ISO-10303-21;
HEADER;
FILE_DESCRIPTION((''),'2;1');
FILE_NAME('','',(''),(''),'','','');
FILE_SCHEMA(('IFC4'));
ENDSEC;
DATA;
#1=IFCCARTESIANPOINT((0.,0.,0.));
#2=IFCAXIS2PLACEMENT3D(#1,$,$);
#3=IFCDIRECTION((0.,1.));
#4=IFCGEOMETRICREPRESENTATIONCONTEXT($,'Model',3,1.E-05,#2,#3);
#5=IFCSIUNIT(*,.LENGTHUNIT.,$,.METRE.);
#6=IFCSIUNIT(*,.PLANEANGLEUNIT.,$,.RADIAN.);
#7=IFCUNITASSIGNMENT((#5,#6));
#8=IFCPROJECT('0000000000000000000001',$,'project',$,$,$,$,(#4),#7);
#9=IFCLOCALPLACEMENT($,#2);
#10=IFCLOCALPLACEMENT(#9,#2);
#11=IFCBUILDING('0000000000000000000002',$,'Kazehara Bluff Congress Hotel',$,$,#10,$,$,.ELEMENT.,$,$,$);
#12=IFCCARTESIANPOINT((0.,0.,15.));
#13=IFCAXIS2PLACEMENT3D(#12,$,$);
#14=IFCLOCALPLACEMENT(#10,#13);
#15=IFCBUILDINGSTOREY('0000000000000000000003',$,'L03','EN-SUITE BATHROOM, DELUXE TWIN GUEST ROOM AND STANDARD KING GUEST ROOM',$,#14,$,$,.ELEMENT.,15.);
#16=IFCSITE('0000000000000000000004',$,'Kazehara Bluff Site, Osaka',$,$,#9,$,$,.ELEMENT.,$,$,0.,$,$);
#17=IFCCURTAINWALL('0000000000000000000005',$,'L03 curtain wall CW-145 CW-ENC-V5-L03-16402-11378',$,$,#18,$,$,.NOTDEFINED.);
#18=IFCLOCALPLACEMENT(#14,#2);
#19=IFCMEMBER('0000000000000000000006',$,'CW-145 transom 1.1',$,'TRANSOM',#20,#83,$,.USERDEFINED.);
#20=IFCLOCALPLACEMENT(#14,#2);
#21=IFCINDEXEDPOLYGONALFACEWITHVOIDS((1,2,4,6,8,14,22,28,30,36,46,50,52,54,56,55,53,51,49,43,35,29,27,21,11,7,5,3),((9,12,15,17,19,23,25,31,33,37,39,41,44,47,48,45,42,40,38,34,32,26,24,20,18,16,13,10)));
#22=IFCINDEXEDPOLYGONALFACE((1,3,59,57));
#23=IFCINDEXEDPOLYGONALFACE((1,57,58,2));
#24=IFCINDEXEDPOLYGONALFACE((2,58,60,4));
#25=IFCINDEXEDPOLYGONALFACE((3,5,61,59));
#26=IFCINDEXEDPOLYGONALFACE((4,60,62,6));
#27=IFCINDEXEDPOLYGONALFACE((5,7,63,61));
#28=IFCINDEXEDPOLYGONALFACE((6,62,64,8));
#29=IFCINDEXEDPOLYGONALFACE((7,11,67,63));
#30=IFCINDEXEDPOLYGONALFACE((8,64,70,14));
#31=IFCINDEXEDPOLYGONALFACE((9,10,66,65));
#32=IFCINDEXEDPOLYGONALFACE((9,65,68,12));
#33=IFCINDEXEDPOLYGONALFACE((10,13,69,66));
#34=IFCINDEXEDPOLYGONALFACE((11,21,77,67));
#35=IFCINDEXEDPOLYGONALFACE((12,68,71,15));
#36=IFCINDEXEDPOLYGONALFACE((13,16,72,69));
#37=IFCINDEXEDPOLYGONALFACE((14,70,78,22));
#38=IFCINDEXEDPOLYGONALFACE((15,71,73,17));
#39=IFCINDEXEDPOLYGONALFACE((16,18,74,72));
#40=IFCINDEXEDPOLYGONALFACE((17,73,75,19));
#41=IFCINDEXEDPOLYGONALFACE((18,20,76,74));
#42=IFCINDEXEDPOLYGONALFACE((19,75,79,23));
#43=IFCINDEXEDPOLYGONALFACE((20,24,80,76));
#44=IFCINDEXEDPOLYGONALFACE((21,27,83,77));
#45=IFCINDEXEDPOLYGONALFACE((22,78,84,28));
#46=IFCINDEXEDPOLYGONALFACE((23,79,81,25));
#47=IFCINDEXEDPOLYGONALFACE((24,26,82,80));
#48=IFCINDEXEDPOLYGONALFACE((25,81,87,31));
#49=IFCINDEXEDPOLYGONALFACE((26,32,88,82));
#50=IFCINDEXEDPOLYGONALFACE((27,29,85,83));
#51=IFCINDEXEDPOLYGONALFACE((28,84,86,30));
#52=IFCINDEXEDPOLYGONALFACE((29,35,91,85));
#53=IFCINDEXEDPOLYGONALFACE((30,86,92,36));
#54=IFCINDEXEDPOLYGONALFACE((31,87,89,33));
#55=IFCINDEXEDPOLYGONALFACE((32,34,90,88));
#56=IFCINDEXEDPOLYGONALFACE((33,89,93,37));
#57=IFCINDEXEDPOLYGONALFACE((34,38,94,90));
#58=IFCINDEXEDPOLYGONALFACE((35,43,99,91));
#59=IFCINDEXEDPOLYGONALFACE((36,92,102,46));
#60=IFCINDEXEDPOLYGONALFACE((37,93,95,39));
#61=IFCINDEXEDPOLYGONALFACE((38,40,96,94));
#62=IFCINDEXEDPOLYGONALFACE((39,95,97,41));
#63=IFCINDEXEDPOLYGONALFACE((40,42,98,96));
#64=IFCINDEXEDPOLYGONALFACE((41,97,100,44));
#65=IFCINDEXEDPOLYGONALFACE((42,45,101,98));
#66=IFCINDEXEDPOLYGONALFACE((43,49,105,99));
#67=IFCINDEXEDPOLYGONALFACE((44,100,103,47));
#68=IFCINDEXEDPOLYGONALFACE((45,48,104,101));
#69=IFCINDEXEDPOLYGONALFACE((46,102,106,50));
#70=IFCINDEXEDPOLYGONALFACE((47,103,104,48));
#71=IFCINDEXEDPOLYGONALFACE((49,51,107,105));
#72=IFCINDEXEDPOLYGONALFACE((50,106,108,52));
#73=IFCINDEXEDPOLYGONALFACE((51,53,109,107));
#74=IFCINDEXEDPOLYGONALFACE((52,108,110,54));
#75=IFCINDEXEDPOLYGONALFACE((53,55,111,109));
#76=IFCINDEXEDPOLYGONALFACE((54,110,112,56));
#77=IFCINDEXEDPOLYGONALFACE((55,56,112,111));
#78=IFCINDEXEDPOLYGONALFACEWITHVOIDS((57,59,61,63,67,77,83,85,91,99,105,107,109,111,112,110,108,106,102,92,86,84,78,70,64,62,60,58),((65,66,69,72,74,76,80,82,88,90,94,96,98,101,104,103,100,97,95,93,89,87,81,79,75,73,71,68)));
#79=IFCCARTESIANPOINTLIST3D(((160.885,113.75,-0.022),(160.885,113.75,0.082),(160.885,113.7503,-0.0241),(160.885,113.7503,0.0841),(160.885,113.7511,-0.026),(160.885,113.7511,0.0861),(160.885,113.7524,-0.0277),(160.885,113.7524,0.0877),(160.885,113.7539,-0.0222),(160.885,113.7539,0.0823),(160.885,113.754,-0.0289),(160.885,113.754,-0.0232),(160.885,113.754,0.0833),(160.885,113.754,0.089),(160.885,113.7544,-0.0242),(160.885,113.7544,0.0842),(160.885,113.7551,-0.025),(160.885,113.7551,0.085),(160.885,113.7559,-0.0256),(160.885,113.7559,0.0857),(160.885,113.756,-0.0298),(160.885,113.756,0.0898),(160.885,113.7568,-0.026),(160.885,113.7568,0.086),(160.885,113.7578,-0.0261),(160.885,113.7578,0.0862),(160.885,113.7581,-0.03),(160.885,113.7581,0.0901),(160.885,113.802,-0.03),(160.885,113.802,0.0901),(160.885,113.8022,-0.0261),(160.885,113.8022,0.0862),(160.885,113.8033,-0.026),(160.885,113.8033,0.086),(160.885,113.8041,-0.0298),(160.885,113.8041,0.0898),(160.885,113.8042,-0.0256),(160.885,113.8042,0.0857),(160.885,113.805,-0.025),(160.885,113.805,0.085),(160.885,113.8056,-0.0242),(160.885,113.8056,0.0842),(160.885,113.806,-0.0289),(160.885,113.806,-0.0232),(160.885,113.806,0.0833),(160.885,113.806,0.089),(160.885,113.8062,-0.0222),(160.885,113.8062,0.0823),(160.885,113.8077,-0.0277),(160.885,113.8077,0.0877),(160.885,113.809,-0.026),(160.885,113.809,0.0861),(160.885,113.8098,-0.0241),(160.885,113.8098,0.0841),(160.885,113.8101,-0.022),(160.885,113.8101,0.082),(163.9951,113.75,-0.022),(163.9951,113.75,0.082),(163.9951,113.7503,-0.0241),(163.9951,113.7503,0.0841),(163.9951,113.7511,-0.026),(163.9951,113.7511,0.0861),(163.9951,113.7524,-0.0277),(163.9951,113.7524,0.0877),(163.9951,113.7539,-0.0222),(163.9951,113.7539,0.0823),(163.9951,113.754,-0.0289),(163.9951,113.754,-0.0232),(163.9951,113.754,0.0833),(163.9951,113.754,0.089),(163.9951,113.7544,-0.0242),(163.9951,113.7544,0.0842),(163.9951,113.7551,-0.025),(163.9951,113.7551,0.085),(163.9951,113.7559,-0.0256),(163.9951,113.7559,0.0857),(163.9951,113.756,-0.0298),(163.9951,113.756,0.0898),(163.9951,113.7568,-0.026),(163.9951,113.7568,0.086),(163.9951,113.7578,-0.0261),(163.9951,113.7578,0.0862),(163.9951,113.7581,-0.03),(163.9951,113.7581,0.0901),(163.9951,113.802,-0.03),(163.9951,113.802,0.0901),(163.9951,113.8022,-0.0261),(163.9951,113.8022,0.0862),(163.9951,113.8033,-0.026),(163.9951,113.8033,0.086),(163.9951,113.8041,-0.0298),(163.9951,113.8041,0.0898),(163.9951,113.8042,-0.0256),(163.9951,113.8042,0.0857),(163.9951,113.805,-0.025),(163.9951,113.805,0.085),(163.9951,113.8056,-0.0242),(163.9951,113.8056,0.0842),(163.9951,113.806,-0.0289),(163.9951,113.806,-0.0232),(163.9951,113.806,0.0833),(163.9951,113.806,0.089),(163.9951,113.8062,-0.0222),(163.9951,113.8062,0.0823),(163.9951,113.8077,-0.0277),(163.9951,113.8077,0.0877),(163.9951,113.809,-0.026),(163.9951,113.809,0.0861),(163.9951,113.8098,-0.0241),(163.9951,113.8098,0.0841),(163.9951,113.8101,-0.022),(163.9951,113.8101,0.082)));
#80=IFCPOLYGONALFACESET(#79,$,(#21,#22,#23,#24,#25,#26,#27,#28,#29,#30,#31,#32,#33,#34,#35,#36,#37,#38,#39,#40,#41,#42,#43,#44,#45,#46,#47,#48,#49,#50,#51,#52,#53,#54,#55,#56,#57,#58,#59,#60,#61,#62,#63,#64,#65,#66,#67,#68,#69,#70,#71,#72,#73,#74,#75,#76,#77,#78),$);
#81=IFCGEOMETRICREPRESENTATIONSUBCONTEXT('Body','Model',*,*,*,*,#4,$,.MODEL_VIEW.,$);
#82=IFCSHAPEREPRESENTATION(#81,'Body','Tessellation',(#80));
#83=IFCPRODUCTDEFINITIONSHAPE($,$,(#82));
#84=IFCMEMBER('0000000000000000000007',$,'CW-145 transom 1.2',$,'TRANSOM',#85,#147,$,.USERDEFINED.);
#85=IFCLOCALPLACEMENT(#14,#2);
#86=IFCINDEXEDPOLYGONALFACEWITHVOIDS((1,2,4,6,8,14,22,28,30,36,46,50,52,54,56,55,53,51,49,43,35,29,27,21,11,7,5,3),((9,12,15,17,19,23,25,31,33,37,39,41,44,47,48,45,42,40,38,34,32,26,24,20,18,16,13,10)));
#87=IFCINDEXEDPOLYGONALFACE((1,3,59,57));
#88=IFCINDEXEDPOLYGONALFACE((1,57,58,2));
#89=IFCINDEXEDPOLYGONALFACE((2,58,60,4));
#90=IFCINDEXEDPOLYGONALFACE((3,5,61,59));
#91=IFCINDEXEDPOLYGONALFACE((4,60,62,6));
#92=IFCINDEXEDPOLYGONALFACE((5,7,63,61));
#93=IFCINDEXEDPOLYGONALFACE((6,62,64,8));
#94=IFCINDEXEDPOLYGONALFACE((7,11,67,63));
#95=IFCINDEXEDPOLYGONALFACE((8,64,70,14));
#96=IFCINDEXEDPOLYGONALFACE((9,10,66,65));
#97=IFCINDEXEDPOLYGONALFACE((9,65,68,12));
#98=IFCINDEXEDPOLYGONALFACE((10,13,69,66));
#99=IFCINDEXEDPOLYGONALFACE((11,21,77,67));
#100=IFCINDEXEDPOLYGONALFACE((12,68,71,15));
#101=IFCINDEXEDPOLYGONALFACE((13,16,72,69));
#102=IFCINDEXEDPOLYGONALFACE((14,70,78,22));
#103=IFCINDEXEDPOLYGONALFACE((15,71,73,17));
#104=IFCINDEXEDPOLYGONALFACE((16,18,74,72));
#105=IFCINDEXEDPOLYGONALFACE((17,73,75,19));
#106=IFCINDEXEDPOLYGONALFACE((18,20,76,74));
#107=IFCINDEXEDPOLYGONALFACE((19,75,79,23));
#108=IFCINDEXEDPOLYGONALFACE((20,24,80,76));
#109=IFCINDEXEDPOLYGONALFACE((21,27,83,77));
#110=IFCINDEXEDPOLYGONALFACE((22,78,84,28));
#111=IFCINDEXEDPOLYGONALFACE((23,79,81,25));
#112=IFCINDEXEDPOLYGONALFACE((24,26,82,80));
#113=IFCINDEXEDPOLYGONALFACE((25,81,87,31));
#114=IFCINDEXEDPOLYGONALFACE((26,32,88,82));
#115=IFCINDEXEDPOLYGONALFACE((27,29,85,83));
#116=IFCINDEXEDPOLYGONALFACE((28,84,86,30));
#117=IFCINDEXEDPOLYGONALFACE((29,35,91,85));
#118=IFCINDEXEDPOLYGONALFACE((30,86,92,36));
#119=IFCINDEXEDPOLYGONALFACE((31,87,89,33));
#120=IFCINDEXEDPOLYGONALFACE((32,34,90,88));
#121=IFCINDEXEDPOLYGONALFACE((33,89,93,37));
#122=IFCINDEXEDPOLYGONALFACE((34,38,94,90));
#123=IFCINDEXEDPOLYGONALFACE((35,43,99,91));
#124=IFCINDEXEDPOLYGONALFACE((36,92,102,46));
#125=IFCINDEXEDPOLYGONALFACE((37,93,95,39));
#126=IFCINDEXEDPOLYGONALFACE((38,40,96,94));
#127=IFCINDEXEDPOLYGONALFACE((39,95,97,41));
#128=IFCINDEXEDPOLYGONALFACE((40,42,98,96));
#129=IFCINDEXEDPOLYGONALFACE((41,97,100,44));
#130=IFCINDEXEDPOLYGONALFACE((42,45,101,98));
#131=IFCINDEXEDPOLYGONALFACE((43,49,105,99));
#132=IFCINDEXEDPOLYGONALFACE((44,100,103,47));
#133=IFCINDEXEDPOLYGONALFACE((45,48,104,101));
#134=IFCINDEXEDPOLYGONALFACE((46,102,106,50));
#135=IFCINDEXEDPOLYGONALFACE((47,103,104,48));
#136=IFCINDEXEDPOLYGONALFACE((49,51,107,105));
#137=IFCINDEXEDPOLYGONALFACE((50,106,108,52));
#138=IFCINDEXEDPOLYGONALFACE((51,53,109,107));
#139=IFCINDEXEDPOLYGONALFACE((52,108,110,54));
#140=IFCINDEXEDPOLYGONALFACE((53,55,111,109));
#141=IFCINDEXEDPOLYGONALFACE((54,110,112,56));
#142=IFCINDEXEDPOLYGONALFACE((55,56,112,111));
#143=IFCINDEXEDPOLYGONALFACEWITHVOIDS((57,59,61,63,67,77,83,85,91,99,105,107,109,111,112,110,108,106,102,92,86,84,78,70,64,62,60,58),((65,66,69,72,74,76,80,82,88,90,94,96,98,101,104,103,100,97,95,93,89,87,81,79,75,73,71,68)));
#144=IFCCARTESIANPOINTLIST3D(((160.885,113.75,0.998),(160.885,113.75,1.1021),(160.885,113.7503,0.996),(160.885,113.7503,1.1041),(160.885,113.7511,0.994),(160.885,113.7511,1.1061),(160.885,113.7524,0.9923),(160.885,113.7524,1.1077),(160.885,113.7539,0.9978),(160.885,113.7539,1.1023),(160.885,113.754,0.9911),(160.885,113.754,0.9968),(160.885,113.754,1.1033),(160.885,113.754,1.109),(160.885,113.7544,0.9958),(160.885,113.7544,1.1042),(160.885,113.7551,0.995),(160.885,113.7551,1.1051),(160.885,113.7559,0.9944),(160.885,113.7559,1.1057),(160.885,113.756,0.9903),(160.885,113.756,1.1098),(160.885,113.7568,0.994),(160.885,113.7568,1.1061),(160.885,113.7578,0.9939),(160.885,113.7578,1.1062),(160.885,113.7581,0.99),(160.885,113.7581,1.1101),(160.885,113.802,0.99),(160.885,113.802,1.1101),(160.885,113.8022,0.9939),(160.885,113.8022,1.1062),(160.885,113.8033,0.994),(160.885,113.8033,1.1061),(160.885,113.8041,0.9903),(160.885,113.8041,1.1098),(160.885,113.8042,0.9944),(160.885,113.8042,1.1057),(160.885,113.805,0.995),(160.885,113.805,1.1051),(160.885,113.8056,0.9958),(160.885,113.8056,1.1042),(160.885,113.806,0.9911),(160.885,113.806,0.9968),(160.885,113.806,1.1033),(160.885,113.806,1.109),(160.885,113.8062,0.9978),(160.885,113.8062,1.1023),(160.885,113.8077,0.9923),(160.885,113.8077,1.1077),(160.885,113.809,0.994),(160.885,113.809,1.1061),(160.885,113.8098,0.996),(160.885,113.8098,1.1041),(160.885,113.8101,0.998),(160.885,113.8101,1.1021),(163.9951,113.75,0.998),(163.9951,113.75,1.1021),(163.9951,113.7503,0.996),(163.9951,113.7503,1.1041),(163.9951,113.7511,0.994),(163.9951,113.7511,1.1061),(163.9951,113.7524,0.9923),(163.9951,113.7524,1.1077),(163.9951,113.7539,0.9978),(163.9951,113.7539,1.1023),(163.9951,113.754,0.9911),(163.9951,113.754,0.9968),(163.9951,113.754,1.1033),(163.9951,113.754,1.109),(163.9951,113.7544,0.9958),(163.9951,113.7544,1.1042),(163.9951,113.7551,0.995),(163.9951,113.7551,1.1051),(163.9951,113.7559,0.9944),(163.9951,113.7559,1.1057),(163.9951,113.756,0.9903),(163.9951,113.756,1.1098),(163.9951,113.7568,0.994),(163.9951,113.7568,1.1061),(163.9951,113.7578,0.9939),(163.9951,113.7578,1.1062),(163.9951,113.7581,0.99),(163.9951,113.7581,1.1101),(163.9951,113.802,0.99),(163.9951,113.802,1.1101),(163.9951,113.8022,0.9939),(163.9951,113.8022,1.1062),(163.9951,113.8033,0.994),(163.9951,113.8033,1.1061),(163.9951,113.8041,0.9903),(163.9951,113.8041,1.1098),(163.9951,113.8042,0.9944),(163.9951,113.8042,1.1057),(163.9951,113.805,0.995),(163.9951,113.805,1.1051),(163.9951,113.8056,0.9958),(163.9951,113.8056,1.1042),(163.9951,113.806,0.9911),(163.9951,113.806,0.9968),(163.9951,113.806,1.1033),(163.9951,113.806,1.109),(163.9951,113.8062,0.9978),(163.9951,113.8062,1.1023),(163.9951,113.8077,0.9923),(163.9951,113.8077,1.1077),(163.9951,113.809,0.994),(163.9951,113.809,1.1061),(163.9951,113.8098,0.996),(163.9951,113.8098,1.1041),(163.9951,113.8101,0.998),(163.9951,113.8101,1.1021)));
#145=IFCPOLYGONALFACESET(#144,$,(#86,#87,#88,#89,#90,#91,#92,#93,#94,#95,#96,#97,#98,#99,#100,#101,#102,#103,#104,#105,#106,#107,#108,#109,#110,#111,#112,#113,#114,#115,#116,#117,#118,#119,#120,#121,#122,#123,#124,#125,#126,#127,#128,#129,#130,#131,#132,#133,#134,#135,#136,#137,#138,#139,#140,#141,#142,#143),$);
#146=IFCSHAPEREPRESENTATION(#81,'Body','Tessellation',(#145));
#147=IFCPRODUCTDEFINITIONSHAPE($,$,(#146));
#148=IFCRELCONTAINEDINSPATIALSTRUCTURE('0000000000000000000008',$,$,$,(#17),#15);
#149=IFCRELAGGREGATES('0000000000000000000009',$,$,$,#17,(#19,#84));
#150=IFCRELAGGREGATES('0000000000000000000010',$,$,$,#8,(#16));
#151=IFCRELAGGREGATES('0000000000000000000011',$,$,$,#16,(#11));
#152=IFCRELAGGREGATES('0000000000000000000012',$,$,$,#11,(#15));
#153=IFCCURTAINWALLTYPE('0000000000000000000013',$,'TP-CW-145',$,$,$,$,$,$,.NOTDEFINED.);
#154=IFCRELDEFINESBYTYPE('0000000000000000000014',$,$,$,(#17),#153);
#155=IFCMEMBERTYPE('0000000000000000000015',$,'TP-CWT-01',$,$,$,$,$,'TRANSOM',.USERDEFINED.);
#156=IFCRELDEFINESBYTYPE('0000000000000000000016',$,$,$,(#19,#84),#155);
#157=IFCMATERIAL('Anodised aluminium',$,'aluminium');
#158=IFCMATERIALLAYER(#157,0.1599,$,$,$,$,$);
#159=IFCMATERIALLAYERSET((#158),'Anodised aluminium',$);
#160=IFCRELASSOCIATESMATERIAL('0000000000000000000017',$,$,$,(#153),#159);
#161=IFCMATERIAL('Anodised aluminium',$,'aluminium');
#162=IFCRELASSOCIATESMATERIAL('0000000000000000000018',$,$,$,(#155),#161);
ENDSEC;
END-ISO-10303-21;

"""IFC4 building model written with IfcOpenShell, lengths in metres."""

from ifc_helpers import new_model, si_unit, direction, frame, origin, origin_2d, place, context, subcontext, project, spatial, hollow_rectangle, extrude, material, layer, layer_set, material_profile, profile_set, type_object, element, aggregate, save


model = new_model("IFC4")

# Units and contexts
model_context = context("Model", 3, precision=1e-05, world=origin(), true_north=direction((0.0, 1.0)))
body_context = subcontext(model_context, "Body", "Model", "MODEL_VIEW")
ifc_project = project(units=[si_unit("LENGTHUNIT", "METRE"), si_unit("PLANEANGLEUNIT", "RADIAN")], contexts=[model_context])

# Site, building, storey
site_placement = place(None, origin())
site = spatial("IfcSite", under=ifc_project, at=site_placement, Name="Kazehara Bluff Site, Osaka", CompositionType="ELEMENT", RefElevation=0.0)
building_placement = place(site_placement, origin())
building = spatial("IfcBuilding", under=site, at=building_placement, Name="Kazehara Bluff Congress Hotel", CompositionType="ELEMENT")
storey_placement = place(building_placement, frame((0.0, 0.0, 15.0)))
storey = spatial("IfcBuildingStorey", under=building, at=storey_placement, Name="L03", Description="EN-SUITE BATHROOM, DELUXE TWIN GUEST ROOM AND STANDARD KING GUEST ROOM", CompositionType="ELEMENT", Elevation=15.0)

# Curtain wall
ifc_material_1 = material(Name="Anodised aluminium", Category="aluminium")
ifc_layer_1 = layer(ifc_material_1, 0.1599)
ifc_layer_set_1 = layer_set([ifc_layer_1], Name="Anodised aluminium")
curtain_wall_type_1 = type_object("IfcCurtainWallType", Name="TP-CW-145", PredefinedType="NOTDEFINED", material=ifc_layer_set_1)
curtain_wall_1_placement = place(storey_placement, origin())
curtain_wall_1 = element("IfcCurtainWall", 1, at=curtain_wall_1_placement, inside=storey, type_object=curtain_wall_type_1, Name="L03 curtain wall CW-145 CW-ENC-V5-L03-16402-11378", PredefinedType="NOTDEFINED")

# Members
ifc_material_2 = material(Name="Anodised aluminium", Category="aluminium")
ifc_material_profile_1 = material_profile(ifc_material_2, hollow_rectangle(XDim=0.0601, YDim=0.1201, WallThickness=0.0039, InnerFilletRadius=0.0039, OuterFilletRadius=0.0081, at=origin_2d()))
ifc_profile_set_1 = profile_set([ifc_material_profile_1], Name="Anodised aluminium")
member_type_1 = type_object("IfcMemberType", Name="TP-CWT-01", ElementType="TRANSOM", PredefinedType="USERDEFINED", material=ifc_profile_set_1)
member_1_placement = place(storey_placement, frame((160.885, 113.78, 0.03), z_axis=(1.0, 0.0, 0.0), x_axis=(0.0, 1.0, 0.0)))
member_1 = element("IfcMember", 2, at=member_1_placement, type_object=member_type_1, Name="CW-145 transom 1.1", ObjectType="TRANSOM", PredefinedType="USERDEFINED", context=body_context, shape_type="SweptSolid", body=[
    extrude(hollow_rectangle(XDim=0.0601, YDim=0.1201, WallThickness=0.0039, InnerFilletRadius=0.0039, OuterFilletRadius=0.0081, at=origin_2d()), origin(), (0.0, 0.0, 1.0), 3.1101),
])
member_2_placement = place(storey_placement, frame((160.885, 113.78, 1.05), z_axis=(1.0, 0.0, 0.0), x_axis=(0.0, 1.0, 0.0)))
member_2 = element("IfcMember", 3, at=member_2_placement, type_object=member_type_1, Name="CW-145 transom 1.2", ObjectType="TRANSOM", PredefinedType="USERDEFINED", context=body_context, shape_type="SweptSolid", body=[
    extrude(hollow_rectangle(XDim=0.0601, YDim=0.1201, WallThickness=0.0039, InnerFilletRadius=0.0039, OuterFilletRadius=0.0081, at=origin_2d()), origin(), (0.0, 0.0, 1.0), 3.1101),
])

aggregate(curtain_wall_1, [member_1, member_2])

save(model, "model.ifc")
